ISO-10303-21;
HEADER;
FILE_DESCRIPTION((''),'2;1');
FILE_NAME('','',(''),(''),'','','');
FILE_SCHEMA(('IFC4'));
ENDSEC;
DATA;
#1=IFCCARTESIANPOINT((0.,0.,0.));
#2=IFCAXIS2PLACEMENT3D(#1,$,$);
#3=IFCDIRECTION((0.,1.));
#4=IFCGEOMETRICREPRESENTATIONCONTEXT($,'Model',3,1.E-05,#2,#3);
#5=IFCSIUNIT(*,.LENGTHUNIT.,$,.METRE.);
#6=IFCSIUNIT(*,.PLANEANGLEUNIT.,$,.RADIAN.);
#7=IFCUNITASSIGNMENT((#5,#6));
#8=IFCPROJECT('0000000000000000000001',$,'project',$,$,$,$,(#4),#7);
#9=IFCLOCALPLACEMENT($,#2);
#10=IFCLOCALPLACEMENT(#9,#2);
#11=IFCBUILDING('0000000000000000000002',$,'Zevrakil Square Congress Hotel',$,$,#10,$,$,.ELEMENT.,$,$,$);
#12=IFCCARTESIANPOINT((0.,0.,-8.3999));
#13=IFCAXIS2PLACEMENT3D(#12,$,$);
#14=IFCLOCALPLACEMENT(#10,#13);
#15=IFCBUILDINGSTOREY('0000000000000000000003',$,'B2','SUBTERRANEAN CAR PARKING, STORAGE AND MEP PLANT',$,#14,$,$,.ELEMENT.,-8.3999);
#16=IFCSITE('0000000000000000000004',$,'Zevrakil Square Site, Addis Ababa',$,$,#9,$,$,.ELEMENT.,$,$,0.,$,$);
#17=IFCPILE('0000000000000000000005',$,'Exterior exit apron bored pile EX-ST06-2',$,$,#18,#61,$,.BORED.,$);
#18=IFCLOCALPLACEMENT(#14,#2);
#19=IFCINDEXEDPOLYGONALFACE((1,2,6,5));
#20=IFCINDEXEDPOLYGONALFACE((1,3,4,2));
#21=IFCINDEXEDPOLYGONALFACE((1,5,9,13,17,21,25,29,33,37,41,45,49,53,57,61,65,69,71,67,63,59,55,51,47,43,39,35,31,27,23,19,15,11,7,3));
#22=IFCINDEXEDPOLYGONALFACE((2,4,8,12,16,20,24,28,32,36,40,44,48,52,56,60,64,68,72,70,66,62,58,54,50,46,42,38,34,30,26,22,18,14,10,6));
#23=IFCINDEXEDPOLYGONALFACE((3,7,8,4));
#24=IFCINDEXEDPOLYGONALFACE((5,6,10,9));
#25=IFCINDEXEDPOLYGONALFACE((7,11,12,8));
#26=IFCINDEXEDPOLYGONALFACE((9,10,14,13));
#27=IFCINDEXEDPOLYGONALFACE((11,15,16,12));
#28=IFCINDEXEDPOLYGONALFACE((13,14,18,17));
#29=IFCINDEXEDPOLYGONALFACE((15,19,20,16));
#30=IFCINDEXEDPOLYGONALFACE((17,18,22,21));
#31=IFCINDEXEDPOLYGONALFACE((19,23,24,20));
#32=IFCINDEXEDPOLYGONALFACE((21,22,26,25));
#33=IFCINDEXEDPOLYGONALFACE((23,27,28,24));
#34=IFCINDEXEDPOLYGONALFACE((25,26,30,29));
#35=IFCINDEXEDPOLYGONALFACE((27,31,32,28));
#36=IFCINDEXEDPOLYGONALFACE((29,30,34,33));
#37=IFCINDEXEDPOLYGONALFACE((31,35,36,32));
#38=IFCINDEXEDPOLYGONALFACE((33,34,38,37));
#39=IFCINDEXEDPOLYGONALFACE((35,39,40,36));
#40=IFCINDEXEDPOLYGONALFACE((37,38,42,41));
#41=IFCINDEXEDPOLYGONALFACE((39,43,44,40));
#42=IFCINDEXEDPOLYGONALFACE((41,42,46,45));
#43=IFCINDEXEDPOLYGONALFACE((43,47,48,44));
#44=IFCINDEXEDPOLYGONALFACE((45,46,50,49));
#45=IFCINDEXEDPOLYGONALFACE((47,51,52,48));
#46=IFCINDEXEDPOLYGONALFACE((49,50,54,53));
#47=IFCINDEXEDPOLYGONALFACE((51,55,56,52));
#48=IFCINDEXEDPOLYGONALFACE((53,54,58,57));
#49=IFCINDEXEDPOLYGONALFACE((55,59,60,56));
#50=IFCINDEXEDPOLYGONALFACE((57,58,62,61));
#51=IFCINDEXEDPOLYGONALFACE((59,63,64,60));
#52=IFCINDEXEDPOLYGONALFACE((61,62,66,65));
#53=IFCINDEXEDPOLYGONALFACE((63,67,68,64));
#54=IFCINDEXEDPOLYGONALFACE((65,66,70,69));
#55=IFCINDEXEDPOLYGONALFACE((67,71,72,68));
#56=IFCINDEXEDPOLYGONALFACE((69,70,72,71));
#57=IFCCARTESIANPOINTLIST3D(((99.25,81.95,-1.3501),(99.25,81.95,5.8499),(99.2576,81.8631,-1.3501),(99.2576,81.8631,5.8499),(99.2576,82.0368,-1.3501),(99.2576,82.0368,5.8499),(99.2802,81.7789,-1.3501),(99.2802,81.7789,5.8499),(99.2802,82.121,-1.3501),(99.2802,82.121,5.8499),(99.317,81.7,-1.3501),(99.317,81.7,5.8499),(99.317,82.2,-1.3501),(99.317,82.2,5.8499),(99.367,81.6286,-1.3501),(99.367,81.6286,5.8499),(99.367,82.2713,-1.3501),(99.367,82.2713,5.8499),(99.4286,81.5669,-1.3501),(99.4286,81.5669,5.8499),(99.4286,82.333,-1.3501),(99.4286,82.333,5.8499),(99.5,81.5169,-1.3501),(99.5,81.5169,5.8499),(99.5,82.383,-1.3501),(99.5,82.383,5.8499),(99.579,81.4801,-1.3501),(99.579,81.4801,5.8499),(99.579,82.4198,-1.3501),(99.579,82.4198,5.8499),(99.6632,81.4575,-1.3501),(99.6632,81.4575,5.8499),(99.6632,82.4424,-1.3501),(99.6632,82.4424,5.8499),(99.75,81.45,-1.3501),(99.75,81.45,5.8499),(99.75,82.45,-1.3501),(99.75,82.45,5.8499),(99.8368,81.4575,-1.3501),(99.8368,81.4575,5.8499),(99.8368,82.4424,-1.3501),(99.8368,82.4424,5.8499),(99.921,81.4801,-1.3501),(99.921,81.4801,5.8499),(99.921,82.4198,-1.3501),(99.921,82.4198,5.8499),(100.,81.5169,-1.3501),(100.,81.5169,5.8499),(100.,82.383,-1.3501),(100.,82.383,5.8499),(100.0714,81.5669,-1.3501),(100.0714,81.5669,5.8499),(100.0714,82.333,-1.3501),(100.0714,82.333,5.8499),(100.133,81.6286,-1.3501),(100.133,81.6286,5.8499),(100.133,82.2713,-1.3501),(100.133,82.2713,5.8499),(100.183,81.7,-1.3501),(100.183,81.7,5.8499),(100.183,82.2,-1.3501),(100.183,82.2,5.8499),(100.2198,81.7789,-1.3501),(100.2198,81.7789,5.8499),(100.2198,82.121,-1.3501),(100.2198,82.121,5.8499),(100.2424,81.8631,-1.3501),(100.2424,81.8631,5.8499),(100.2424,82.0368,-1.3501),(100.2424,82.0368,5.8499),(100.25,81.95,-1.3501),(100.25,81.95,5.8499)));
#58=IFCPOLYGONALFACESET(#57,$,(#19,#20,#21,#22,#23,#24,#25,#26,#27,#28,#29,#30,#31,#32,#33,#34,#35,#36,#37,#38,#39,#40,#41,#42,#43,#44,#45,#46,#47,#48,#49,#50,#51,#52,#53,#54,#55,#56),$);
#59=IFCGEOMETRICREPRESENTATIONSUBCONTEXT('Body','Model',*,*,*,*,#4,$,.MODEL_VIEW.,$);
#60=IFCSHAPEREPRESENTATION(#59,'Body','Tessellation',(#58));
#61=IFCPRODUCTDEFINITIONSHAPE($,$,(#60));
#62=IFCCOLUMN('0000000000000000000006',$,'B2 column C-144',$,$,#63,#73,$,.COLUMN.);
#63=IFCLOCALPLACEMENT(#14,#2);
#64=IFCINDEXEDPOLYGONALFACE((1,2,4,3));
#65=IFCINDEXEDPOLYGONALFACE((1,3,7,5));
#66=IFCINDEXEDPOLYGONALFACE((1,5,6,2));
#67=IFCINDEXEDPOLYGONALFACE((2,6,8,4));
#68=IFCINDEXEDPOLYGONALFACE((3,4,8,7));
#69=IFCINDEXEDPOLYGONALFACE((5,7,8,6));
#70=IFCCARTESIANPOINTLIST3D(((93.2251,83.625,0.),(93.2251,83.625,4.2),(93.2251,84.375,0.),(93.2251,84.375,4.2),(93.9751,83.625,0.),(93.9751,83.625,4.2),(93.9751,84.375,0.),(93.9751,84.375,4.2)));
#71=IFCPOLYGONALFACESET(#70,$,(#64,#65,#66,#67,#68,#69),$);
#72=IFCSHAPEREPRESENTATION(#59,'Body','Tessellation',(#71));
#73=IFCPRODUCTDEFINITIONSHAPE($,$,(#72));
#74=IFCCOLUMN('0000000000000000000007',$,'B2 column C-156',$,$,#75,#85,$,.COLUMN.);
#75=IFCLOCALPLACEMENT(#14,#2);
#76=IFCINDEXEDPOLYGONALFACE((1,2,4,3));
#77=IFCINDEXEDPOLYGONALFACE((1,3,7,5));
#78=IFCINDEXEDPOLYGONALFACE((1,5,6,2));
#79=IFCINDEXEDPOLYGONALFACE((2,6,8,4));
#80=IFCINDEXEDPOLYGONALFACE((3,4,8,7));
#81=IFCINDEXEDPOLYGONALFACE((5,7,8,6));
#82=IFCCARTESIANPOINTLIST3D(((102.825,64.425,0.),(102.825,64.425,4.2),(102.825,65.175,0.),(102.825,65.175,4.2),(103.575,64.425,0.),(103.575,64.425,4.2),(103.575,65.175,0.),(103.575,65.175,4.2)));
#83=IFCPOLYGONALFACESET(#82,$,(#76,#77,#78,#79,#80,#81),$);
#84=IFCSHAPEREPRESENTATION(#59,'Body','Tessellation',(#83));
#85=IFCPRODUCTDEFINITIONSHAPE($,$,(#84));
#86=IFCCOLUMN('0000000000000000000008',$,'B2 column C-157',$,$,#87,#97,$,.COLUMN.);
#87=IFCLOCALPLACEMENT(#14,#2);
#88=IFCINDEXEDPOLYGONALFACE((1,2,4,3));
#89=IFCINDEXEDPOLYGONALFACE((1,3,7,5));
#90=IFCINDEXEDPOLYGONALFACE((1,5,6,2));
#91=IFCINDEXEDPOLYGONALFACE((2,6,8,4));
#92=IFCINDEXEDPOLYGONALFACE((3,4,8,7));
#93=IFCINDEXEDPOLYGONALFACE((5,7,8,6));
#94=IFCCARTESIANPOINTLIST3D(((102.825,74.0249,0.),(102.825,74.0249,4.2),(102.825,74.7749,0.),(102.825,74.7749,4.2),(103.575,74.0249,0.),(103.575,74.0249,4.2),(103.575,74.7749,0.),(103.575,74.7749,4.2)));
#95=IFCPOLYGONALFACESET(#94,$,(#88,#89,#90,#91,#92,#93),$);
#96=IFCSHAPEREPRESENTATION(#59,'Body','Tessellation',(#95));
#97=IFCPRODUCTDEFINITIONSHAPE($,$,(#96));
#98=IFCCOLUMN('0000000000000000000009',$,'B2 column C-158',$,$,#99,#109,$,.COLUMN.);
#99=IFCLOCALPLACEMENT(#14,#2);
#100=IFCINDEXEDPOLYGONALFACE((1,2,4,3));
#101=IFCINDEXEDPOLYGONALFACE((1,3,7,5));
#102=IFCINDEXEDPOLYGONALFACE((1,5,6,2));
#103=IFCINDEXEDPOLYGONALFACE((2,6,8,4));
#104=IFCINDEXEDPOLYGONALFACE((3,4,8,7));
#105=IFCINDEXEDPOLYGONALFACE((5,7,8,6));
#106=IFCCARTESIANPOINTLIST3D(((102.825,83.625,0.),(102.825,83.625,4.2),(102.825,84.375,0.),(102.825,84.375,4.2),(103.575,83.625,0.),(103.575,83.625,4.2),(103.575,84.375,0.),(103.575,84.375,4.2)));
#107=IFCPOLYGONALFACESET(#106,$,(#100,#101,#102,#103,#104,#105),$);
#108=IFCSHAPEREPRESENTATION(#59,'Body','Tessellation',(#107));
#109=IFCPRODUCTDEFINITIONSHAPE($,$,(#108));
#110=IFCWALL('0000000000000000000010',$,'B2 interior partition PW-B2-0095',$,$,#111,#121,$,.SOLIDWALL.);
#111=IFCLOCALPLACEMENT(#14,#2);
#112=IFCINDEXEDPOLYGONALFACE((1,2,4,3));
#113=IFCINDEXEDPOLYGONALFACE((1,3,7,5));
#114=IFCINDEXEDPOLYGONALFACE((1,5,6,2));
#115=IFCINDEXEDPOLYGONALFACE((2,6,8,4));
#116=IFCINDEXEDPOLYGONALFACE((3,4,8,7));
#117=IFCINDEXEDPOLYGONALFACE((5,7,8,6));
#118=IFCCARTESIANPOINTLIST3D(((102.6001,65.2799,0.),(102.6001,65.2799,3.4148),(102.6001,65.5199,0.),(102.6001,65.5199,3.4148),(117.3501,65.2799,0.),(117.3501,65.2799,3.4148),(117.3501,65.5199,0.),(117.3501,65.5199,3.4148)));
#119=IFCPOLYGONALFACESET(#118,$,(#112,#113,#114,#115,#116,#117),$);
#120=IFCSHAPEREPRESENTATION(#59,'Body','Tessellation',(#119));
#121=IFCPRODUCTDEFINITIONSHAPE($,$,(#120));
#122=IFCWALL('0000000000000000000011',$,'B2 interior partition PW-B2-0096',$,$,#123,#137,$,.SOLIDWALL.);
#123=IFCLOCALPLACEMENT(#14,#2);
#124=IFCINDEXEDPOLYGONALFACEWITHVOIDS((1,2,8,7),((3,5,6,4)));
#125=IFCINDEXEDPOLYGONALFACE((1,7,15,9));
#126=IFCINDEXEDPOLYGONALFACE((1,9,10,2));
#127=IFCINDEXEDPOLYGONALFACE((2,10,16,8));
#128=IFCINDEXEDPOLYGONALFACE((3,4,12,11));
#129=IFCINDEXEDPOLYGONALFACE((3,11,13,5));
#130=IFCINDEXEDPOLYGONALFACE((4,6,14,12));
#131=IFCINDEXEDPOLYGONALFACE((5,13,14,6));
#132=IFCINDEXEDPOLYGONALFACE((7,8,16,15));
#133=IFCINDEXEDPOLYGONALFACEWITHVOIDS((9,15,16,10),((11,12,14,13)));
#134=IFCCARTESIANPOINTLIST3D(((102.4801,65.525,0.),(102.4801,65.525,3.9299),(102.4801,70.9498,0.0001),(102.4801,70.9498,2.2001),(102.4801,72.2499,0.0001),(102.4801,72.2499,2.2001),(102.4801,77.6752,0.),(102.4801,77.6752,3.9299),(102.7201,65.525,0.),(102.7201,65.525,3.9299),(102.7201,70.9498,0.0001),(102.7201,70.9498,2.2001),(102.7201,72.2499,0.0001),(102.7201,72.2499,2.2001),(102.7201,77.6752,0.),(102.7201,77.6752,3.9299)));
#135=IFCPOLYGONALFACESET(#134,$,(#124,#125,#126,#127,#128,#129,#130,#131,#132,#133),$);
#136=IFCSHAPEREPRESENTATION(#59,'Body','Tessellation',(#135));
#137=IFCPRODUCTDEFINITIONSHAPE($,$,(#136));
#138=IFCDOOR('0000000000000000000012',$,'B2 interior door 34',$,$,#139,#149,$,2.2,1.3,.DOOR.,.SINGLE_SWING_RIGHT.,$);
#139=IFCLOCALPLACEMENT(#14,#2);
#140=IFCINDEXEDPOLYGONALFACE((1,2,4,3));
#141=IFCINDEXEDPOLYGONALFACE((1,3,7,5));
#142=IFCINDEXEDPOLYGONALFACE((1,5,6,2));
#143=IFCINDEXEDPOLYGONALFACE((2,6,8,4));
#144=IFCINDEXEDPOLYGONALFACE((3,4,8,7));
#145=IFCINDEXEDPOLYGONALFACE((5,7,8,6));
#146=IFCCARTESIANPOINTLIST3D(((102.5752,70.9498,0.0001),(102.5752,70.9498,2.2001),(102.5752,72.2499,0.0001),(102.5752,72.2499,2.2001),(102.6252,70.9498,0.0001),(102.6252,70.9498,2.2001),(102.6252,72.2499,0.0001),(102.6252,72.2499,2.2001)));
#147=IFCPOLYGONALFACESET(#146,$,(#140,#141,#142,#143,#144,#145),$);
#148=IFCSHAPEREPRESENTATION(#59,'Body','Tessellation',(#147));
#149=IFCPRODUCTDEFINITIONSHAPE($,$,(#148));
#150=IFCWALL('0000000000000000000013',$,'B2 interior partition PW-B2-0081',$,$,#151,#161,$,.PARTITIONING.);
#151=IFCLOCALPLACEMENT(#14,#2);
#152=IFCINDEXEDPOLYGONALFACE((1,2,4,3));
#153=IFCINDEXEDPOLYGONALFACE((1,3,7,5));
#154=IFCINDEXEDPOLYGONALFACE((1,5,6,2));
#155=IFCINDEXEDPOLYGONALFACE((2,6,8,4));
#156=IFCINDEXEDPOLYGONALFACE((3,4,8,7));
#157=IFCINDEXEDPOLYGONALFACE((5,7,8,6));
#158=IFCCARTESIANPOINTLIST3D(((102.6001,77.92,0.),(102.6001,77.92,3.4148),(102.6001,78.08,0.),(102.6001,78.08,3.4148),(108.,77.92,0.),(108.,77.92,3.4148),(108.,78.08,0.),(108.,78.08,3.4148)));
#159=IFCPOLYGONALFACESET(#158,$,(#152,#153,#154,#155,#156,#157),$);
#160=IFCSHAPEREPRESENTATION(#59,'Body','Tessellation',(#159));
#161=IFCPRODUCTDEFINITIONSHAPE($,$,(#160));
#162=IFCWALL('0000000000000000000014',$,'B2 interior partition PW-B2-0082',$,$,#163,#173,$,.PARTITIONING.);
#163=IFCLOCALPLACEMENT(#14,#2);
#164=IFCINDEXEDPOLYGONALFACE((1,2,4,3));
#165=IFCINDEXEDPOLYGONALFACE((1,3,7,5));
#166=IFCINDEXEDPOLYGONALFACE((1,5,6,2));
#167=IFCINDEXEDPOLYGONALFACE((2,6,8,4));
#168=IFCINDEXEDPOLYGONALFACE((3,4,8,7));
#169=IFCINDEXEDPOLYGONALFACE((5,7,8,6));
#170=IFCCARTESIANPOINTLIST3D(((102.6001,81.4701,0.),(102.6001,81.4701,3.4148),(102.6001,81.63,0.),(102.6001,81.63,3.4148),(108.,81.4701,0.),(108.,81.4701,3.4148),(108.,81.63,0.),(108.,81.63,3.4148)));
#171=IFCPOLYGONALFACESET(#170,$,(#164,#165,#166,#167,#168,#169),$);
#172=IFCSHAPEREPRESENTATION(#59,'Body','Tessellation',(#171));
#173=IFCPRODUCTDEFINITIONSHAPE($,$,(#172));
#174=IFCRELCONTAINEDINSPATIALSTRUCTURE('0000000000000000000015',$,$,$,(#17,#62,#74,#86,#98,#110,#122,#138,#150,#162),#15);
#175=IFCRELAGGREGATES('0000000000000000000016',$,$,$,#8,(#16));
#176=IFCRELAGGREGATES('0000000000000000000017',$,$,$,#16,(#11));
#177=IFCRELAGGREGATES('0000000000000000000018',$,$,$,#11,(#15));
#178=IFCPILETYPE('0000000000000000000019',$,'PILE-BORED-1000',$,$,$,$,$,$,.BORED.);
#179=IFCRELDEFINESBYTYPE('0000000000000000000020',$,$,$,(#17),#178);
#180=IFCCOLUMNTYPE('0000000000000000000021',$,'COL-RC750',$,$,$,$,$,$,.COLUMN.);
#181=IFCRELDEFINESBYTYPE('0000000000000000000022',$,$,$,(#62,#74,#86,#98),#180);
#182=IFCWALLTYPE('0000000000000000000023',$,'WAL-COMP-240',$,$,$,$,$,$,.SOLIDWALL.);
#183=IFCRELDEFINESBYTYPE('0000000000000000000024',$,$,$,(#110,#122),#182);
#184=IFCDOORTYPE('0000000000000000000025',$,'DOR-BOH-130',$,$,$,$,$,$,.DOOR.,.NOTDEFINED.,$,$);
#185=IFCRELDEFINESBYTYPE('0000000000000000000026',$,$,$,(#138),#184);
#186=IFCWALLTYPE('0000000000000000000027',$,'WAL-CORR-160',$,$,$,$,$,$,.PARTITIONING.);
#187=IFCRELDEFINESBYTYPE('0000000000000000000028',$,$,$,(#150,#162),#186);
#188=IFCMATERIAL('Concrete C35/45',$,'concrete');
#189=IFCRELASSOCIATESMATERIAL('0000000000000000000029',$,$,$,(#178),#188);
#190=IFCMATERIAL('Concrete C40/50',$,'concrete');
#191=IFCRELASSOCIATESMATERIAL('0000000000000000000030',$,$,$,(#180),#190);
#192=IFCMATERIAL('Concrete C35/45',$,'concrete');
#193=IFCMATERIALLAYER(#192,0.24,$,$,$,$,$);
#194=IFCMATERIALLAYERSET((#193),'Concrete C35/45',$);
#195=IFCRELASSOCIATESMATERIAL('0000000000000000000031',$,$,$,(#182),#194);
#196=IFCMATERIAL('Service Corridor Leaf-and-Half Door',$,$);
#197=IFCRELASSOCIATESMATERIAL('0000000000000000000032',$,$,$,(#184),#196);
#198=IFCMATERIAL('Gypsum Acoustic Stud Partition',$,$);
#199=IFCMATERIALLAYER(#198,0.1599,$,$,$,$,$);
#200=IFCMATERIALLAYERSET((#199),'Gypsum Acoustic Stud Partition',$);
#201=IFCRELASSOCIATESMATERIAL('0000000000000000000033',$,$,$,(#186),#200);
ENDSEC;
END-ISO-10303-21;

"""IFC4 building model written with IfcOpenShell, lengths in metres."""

from ifc_helpers import new_model, si_unit, direction, frame, frame_2d, origin, origin_2d, place, context, subcontext, project, spatial, rectangle, circle, extrude, material, layer, layer_set, material_profile, profile_set, type_object, element, fill, save


model = new_model("IFC4")

# Units and contexts
model_context = context("Model", 3, precision=1e-05, world=origin(), true_north=direction((0.0, 1.0)))
body_context = subcontext(model_context, "Body", "Model", "MODEL_VIEW")
ifc_project = project(units=[si_unit("LENGTHUNIT", "METRE"), si_unit("PLANEANGLEUNIT", "RADIAN")], contexts=[model_context])

# Site, building, storey
site_placement = place(None, origin())
site = spatial("IfcSite", under=ifc_project, at=site_placement, Name="Zevrakil Square Site, Addis Ababa", CompositionType="ELEMENT", RefElevation=0.0)
building_placement = place(site_placement, origin())
building = spatial("IfcBuilding", under=site, at=building_placement, Name="Zevrakil Square Congress Hotel", CompositionType="ELEMENT")
storey_placement = place(building_placement, frame((0.0, 0.0, -8.3999)))
storey = spatial("IfcBuildingStorey", under=building, at=storey_placement, Name="B2", Description="SUBTERRANEAN CAR PARKING, STORAGE AND MEP PLANT", CompositionType="ELEMENT", Elevation=-8.3999)

# Pile
ifc_material_1 = material(Name="Concrete C35/45", Category="concrete")
ifc_material_profile_1 = material_profile(ifc_material_1, circle(Radius=0.5, at=origin_2d()), Name="PILE D1000")
ifc_profile_set_1 = profile_set([ifc_material_profile_1], Name="Concrete C35/45")
pile_type = type_object("IfcPileType", Name="PILE-BORED-1000", PredefinedType="BORED", material=ifc_profile_set_1)
for number, where, z_axis, x_axis, name in (
    (1, (99.75, 81.95, 5.8499), (0.0, 0.0, -1.0), (1.0, 0.0, 0.0), "Exterior exit apron bored pile EX-ST06-2"),
):
    element("IfcPile", number, at=place(storey_placement, frame(where, z_axis=z_axis, x_axis=x_axis)), inside=storey, type_object=pile_type, Name=name, PredefinedType="BORED", context=body_context, shape_type="SweptSolid", body=[
        extrude(circle(Radius=0.5, at=origin_2d()), origin(), (0.0, 0.0, 1.0), 7.2),
    ])

# Columns
ifc_material_2 = material(Name="Concrete C40/50", Category="concrete")
ifc_material_profile_2 = material_profile(ifc_material_2, rectangle(XDim=0.75, YDim=0.75, at=origin_2d()), Name="RC 750x750")
ifc_profile_set_2 = profile_set([ifc_material_profile_2], Name="Concrete C40/50")
column_type = type_object("IfcColumnType", Name="COL-RC750", PredefinedType="COLUMN", material=ifc_profile_set_2)
for number, where, z_axis, x_axis, name in (
    (2, (93.6001, 84.0, 0.0), (0.0, 0.0, 1.0), (1.0, 0.0, 0.0), "B2 column C-144"),
    (3, (103.2, 64.8, 0.0), (0.0, 0.0, 1.0), (1.0, 0.0, 0.0), "B2 column C-156"),
    (4, (103.2, 74.3999, 0.0), (0.0, 0.0, 1.0), (1.0, 0.0, 0.0), "B2 column C-157"),
    (5, (103.2, 84.0, 0.0), (0.0, 0.0, 1.0), (1.0, 0.0, 0.0), "B2 column C-158"),
):
    element("IfcColumn", number, at=place(storey_placement, frame(where, z_axis=z_axis, x_axis=x_axis)), inside=storey, type_object=column_type, Name=name, PredefinedType="COLUMN", context=body_context, shape_type="SweptSolid", body=[
        extrude(rectangle(XDim=0.75, YDim=0.75, at=origin_2d()), origin(), (0.0, 0.0, 1.0), 4.2),
    ])

# Wall
ifc_material_3 = material(Name="Concrete C35/45", Category="concrete")
ifc_layer_1 = layer(ifc_material_3, 0.24)
ifc_layer_set_1 = layer_set([ifc_layer_1], Name="Concrete C35/45")
wall_type_1 = type_object("IfcWallType", Name="WAL-COMP-240", PredefinedType="SOLIDWALL", material=ifc_layer_set_1)
wall_1_placement = place(storey_placement, frame((102.6001, 65.3999, 0.0), z_axis=(0.0, 0.0, 1.0), x_axis=(1.0, 0.0, 0.0)))
element("IfcWall", 6, at=wall_1_placement, inside=storey, type_object=wall_type_1, Name="B2 interior partition PW-B2-0095", PredefinedType="SOLIDWALL", context=body_context, shape_type="SweptSolid", body=[
    extrude(rectangle(XDim=14.75, YDim=0.24, at=frame_2d((7.375, 0.0))), origin(), (0.0, 0.0, 1.0), 3.4148),
])

# Wall, opening, door
wall_2_placement = place(storey_placement, frame((102.6001, 65.5249, 0.0), z_axis=(0.0, 0.0, 1.0), x_axis=(0.0, 1.0, 0.0)))
wall_2 = element("IfcWall", 7, at=wall_2_placement, inside=storey, type_object=wall_type_1, Name="B2 interior partition PW-B2-0096", PredefinedType="SOLIDWALL", context=body_context, shape_type="SweptSolid", body=[
    extrude(rectangle(XDim=12.1501, YDim=0.24, at=frame_2d((6.0752, 0.0))), origin(), (0.0, 0.0, 1.0), 3.9299),
])
opening_1_placement = place(wall_2_placement, frame((5.425, 0.0, 0.0)))
opening_1 = element("IfcOpeningElement", 8, at=opening_1_placement, cuts=wall_2, PredefinedType="OPENING", context=body_context, shape_type="SweptSolid", body=[
    extrude(rectangle(XDim=1.3, YDim=2.2, at=frame_2d((0.6499, 1.1001))), frame((0.0, 0.1299, 0.0), z_axis=(0.0, -1.0, 0.0), x_axis=(1.0, 0.0, 0.0)), (0.0, 0.0, 1.0), 0.26),
])
ifc_material_4 = material(Name="Service Corridor Leaf-and-Half Door")
door_type_1 = type_object("IfcDoorType", Name="DOR-BOH-130", OperationType="NOTDEFINED", PredefinedType="DOOR", material=ifc_material_4)
door_1_placement = place(opening_1_placement, origin())
door_1 = element("IfcDoor", 9, at=door_1_placement, inside=storey, type_object=door_type_1, Name="B2 interior door 34", OperationType="SINGLE_SWING_RIGHT", OverallHeight=2.2, OverallWidth=1.3, PredefinedType="DOOR", context=body_context, shape_type="SweptSolid", body=[
    extrude(rectangle(XDim=1.3, YDim=2.2, at=frame_2d((0.6499, 1.1001))), frame((0.0, 0.0249, 0.0), z_axis=(0.0, -1.0, 0.0), x_axis=(1.0, 0.0, 0.0)), (0.0, 0.0, 1.0), 0.05),
])
fill(opening_1, door_1)

# Walls
ifc_material_5 = material(Name="Gypsum Acoustic Stud Partition")
ifc_layer_2 = layer(ifc_material_5, 0.1599)
ifc_layer_set_2 = layer_set([ifc_layer_2], Name="Gypsum Acoustic Stud Partition")
wall_type_2 = type_object("IfcWallType", Name="WAL-CORR-160", PredefinedType="PARTITIONING", material=ifc_layer_set_2)
for number, where, z_axis, x_axis, name in (
    (10, (102.6001, 78.0, 0.0), (0.0, 0.0, 1.0), (1.0, 0.0, 0.0), "B2 interior partition PW-B2-0081"),
    (11, (102.6001, 81.55, 0.0), (0.0, 0.0, 1.0), (1.0, 0.0, 0.0), "B2 interior partition PW-B2-0082"),
):
    element("IfcWall", number, at=place(storey_placement, frame(where, z_axis=z_axis, x_axis=x_axis)), inside=storey, type_object=wall_type_2, Name=name, PredefinedType="PARTITIONING", context=body_context, shape_type="SweptSolid", body=[
        extrude(rectangle(XDim=5.3999, YDim=0.1599, at=frame_2d((2.7, 0.0))), origin(), (0.0, 0.0, 1.0), 3.4148),
    ])

save(model, "model.ifc")
